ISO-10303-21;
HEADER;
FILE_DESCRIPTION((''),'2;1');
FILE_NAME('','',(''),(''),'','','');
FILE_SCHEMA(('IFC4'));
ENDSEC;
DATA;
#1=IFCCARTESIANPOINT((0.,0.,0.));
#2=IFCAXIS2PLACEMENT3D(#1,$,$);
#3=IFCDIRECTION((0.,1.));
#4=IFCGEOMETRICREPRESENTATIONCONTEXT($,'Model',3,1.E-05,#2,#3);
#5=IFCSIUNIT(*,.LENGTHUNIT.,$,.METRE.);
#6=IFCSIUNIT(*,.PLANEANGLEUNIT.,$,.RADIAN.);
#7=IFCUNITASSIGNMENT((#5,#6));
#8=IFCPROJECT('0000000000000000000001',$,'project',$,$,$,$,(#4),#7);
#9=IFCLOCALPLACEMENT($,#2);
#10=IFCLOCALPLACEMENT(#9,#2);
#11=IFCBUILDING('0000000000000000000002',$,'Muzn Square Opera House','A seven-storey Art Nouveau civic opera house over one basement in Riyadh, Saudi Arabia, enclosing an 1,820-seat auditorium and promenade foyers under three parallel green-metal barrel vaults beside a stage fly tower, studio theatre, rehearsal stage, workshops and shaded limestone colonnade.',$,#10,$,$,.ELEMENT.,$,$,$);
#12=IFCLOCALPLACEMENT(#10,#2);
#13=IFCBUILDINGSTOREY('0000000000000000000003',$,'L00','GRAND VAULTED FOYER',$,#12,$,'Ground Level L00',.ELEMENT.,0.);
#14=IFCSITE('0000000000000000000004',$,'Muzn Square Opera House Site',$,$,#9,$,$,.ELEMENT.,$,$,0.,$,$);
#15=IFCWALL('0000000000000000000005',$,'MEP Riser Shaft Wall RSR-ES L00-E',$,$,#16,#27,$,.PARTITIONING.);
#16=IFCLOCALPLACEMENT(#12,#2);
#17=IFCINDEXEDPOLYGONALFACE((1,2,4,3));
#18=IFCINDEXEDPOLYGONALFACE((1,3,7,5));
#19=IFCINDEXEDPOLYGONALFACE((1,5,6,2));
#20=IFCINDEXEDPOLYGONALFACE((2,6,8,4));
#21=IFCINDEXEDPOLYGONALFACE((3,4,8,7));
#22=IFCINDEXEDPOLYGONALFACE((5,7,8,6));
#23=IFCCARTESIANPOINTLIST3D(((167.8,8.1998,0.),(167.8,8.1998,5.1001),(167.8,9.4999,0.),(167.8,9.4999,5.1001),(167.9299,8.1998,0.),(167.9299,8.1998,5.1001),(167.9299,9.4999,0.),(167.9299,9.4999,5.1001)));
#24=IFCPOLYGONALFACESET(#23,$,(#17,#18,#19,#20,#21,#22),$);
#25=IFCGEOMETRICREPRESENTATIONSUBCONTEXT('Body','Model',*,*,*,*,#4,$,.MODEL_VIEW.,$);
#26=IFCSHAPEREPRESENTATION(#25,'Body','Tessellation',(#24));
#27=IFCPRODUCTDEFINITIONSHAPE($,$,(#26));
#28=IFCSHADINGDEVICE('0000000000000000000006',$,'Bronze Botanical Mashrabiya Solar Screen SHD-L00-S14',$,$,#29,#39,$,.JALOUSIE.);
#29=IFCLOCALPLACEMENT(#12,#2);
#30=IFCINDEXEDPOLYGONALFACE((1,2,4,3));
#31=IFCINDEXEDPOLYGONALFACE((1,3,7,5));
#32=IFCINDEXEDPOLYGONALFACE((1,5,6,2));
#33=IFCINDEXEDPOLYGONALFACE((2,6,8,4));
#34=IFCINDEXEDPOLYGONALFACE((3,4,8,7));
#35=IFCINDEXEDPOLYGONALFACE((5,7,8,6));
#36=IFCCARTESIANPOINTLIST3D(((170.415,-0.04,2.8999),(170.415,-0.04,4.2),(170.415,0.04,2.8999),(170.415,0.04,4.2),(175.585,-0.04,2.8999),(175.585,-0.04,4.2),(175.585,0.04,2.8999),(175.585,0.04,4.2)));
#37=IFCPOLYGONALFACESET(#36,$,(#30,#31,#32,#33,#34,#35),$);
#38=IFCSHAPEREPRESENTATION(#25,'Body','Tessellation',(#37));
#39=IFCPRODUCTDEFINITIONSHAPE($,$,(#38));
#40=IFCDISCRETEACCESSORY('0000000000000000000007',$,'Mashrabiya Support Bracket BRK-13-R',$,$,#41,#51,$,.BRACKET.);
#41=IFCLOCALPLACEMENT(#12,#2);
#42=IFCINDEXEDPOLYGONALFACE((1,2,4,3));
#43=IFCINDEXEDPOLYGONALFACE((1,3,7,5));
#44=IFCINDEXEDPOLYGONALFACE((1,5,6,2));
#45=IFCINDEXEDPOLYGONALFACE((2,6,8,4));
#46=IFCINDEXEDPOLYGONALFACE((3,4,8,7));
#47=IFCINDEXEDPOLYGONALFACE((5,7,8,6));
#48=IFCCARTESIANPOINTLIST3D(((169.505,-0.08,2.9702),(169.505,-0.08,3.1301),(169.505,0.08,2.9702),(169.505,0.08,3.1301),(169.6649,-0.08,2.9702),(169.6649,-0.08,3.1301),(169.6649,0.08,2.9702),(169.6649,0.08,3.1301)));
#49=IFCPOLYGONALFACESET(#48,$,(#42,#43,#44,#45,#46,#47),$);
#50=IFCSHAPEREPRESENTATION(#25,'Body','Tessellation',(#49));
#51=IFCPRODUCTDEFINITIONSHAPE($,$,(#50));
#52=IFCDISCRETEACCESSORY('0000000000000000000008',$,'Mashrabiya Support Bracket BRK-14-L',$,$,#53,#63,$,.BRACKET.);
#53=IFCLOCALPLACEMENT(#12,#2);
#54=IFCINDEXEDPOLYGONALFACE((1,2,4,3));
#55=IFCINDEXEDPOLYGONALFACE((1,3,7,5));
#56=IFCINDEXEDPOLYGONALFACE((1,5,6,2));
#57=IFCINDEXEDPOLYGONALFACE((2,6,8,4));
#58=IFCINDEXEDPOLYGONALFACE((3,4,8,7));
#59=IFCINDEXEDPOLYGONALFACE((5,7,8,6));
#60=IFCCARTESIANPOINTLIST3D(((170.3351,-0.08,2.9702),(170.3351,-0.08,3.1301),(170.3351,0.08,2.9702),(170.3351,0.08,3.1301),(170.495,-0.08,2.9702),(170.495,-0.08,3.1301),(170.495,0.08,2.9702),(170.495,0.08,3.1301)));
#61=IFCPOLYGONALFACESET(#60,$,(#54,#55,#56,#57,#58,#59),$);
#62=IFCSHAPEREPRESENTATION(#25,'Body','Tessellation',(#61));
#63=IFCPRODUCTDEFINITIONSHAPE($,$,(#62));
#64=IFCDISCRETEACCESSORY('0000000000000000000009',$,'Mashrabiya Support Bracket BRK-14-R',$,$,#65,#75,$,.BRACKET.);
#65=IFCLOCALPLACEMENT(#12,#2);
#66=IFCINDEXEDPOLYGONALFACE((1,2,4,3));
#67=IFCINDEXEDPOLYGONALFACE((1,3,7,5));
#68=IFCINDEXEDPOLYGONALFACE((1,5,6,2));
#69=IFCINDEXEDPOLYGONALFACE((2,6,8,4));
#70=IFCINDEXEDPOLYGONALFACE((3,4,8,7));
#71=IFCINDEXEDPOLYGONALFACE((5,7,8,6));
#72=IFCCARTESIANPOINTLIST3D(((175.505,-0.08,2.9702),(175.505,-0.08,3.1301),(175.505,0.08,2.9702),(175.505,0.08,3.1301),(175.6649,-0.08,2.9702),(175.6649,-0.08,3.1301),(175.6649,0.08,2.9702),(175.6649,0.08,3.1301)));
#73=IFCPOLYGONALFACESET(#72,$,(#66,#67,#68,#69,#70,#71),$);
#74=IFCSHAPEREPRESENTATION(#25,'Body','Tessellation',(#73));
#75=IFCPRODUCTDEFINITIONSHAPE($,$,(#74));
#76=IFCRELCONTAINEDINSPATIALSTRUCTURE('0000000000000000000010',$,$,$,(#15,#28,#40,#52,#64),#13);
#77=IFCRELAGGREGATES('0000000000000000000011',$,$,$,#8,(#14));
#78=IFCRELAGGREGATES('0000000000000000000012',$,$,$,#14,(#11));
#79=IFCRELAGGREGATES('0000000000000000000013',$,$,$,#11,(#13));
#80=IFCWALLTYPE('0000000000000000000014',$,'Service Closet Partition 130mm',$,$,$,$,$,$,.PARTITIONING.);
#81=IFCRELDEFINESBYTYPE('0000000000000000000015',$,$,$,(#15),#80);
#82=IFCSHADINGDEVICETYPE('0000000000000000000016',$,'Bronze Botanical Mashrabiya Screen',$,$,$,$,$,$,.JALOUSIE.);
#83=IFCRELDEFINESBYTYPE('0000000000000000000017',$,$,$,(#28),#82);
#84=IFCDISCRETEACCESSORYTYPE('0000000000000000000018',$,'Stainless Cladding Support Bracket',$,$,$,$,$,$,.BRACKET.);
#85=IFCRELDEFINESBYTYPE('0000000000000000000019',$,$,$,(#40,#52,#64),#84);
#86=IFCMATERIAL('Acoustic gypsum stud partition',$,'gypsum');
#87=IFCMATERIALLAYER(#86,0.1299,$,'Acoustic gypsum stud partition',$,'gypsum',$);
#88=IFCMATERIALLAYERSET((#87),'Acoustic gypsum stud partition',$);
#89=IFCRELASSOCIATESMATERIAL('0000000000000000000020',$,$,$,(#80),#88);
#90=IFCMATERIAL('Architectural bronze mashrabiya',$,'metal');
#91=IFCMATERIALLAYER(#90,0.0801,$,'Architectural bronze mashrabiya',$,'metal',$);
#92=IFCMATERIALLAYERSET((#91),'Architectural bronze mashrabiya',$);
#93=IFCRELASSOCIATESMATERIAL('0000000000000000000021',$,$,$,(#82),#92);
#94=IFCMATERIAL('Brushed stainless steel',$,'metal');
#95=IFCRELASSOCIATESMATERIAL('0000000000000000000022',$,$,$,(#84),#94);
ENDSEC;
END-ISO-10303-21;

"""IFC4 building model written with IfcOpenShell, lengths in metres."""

from ifc_helpers import new_model, si_unit, direction, frame, frame_2d, origin, origin_2d, place, context, subcontext, project, spatial, rectangle, extrude, material, layer, layer_set, type_object, element, save


model = new_model("IFC4")

# Units and contexts
model_context = context("Model", 3, precision=1e-05, world=origin(), true_north=direction((0.0, 1.0)))
body_context = subcontext(model_context, "Body", "Model", "MODEL_VIEW")
ifc_project = project(units=[si_unit("LENGTHUNIT", "METRE"), si_unit("PLANEANGLEUNIT", "RADIAN")], contexts=[model_context])

# Site, building, storey
site_placement = place(None, origin())
site = spatial("IfcSite", under=ifc_project, at=site_placement, Name="Muzn Square Opera House Site", CompositionType="ELEMENT", RefElevation=0.0)
building_placement = place(site_placement, origin())
building = spatial("IfcBuilding", under=site, at=building_placement, Name="Muzn Square Opera House", Description="A seven-storey Art Nouveau civic opera house over one basement in Riyadh, Saudi Arabia, enclosing an 1,820-seat auditorium and promenade foyers under three parallel green-metal barrel vaults beside a stage fly tower, studio theatre, rehearsal stage, workshops and shaded limestone colonnade.", CompositionType="ELEMENT")
storey_placement = place(building_placement, origin())
storey = spatial("IfcBuildingStorey", under=building, at=storey_placement, Name="L00", Description="GRAND VAULTED FOYER", LongName="Ground Level L00", CompositionType="ELEMENT", Elevation=0.0)

# Wall
ifc_material_1 = material(Name="Acoustic gypsum stud partition", Category="gypsum")
ifc_layer_1 = layer(ifc_material_1, 0.1299, Name="Acoustic gypsum stud partition", Category="gypsum")
ifc_layer_set_1 = layer_set([ifc_layer_1], Name="Acoustic gypsum stud partition")
wall_type_1 = type_object("IfcWallType", Name="Service Closet Partition 130mm", PredefinedType="PARTITIONING", material=ifc_layer_set_1)
for number, where, z_axis, x_axis, name in (
    (1, (167.865, 8.2, 0.0), (0.0, 0.0, 1.0), (0.0, 1.0, 0.0), "MEP Riser Shaft Wall RSR-ES L00-E"),
):
    element("IfcWall", number, at=place(storey_placement, frame(where, z_axis=z_axis, x_axis=x_axis)), inside=storey, type_object=wall_type_1, Name=name, PredefinedType="PARTITIONING", context=body_context, shape_type="SweptSolid", body=[
        extrude(rectangle(XDim=1.3, YDim=0.1299, at=frame_2d((0.6499, 0.0))), origin(), (0.0, 0.0, 1.0), 5.1001),
    ])

# Shading device
ifc_material_2 = material(Name="Architectural bronze mashrabiya", Category="metal")
ifc_layer_2 = layer(ifc_material_2, 0.0801, Name="Architectural bronze mashrabiya", Category="metal")
ifc_layer_set_2 = layer_set([ifc_layer_2], Name="Architectural bronze mashrabiya")
shading_device_type = type_object("IfcShadingDeviceType", Name="Bronze Botanical Mashrabiya Screen", PredefinedType="JALOUSIE", material=ifc_layer_set_2)
shading_device_placement = place(storey_placement, frame((173.0, 0.0, 2.8999), z_axis=(0.0, 0.0, 1.0), x_axis=(1.0, 0.0, 0.0)))
element("IfcShadingDevice", 2, at=shading_device_placement, inside=storey, type_object=shading_device_type, Name="Bronze Botanical Mashrabiya Solar Screen SHD-L00-S14", PredefinedType="JALOUSIE", context=body_context, shape_type="SweptSolid", body=[
    extrude(rectangle(XDim=5.1699, YDim=0.0801, at=origin_2d()), origin(), (0.0, 0.0, 1.0), 1.3),
])

# Discrete accessories
ifc_material_3 = material(Name="Brushed stainless steel", Category="metal")
discrete_accessory_type = type_object("IfcDiscreteAccessoryType", Name="Stainless Cladding Support Bracket", PredefinedType="BRACKET", material=ifc_material_3)
for number, where, z_axis, x_axis, name in (
    (3, (169.585, 0.0, 2.9702), (0.0, 0.0, 1.0), (1.0, 0.0, 0.0), "Mashrabiya Support Bracket BRK-13-R"),
    (4, (170.415, 0.0, 2.9702), (0.0, 0.0, 1.0), (1.0, 0.0, 0.0), "Mashrabiya Support Bracket BRK-14-L"),
    (5, (175.585, 0.0, 2.9702), (0.0, 0.0, 1.0), (1.0, 0.0, 0.0), "Mashrabiya Support Bracket BRK-14-R"),
):
    element("IfcDiscreteAccessory", number, at=place(storey_placement, frame(where, z_axis=z_axis, x_axis=x_axis)), inside=storey, type_object=discrete_accessory_type, Name=name, PredefinedType="BRACKET", context=body_context, shape_type="SweptSolid", body=[
        extrude(rectangle(XDim=0.1599, YDim=0.1599, at=origin_2d()), origin(), (0.0, 0.0, 1.0), 0.1599),
    ])

save(model, "model.ifc")
